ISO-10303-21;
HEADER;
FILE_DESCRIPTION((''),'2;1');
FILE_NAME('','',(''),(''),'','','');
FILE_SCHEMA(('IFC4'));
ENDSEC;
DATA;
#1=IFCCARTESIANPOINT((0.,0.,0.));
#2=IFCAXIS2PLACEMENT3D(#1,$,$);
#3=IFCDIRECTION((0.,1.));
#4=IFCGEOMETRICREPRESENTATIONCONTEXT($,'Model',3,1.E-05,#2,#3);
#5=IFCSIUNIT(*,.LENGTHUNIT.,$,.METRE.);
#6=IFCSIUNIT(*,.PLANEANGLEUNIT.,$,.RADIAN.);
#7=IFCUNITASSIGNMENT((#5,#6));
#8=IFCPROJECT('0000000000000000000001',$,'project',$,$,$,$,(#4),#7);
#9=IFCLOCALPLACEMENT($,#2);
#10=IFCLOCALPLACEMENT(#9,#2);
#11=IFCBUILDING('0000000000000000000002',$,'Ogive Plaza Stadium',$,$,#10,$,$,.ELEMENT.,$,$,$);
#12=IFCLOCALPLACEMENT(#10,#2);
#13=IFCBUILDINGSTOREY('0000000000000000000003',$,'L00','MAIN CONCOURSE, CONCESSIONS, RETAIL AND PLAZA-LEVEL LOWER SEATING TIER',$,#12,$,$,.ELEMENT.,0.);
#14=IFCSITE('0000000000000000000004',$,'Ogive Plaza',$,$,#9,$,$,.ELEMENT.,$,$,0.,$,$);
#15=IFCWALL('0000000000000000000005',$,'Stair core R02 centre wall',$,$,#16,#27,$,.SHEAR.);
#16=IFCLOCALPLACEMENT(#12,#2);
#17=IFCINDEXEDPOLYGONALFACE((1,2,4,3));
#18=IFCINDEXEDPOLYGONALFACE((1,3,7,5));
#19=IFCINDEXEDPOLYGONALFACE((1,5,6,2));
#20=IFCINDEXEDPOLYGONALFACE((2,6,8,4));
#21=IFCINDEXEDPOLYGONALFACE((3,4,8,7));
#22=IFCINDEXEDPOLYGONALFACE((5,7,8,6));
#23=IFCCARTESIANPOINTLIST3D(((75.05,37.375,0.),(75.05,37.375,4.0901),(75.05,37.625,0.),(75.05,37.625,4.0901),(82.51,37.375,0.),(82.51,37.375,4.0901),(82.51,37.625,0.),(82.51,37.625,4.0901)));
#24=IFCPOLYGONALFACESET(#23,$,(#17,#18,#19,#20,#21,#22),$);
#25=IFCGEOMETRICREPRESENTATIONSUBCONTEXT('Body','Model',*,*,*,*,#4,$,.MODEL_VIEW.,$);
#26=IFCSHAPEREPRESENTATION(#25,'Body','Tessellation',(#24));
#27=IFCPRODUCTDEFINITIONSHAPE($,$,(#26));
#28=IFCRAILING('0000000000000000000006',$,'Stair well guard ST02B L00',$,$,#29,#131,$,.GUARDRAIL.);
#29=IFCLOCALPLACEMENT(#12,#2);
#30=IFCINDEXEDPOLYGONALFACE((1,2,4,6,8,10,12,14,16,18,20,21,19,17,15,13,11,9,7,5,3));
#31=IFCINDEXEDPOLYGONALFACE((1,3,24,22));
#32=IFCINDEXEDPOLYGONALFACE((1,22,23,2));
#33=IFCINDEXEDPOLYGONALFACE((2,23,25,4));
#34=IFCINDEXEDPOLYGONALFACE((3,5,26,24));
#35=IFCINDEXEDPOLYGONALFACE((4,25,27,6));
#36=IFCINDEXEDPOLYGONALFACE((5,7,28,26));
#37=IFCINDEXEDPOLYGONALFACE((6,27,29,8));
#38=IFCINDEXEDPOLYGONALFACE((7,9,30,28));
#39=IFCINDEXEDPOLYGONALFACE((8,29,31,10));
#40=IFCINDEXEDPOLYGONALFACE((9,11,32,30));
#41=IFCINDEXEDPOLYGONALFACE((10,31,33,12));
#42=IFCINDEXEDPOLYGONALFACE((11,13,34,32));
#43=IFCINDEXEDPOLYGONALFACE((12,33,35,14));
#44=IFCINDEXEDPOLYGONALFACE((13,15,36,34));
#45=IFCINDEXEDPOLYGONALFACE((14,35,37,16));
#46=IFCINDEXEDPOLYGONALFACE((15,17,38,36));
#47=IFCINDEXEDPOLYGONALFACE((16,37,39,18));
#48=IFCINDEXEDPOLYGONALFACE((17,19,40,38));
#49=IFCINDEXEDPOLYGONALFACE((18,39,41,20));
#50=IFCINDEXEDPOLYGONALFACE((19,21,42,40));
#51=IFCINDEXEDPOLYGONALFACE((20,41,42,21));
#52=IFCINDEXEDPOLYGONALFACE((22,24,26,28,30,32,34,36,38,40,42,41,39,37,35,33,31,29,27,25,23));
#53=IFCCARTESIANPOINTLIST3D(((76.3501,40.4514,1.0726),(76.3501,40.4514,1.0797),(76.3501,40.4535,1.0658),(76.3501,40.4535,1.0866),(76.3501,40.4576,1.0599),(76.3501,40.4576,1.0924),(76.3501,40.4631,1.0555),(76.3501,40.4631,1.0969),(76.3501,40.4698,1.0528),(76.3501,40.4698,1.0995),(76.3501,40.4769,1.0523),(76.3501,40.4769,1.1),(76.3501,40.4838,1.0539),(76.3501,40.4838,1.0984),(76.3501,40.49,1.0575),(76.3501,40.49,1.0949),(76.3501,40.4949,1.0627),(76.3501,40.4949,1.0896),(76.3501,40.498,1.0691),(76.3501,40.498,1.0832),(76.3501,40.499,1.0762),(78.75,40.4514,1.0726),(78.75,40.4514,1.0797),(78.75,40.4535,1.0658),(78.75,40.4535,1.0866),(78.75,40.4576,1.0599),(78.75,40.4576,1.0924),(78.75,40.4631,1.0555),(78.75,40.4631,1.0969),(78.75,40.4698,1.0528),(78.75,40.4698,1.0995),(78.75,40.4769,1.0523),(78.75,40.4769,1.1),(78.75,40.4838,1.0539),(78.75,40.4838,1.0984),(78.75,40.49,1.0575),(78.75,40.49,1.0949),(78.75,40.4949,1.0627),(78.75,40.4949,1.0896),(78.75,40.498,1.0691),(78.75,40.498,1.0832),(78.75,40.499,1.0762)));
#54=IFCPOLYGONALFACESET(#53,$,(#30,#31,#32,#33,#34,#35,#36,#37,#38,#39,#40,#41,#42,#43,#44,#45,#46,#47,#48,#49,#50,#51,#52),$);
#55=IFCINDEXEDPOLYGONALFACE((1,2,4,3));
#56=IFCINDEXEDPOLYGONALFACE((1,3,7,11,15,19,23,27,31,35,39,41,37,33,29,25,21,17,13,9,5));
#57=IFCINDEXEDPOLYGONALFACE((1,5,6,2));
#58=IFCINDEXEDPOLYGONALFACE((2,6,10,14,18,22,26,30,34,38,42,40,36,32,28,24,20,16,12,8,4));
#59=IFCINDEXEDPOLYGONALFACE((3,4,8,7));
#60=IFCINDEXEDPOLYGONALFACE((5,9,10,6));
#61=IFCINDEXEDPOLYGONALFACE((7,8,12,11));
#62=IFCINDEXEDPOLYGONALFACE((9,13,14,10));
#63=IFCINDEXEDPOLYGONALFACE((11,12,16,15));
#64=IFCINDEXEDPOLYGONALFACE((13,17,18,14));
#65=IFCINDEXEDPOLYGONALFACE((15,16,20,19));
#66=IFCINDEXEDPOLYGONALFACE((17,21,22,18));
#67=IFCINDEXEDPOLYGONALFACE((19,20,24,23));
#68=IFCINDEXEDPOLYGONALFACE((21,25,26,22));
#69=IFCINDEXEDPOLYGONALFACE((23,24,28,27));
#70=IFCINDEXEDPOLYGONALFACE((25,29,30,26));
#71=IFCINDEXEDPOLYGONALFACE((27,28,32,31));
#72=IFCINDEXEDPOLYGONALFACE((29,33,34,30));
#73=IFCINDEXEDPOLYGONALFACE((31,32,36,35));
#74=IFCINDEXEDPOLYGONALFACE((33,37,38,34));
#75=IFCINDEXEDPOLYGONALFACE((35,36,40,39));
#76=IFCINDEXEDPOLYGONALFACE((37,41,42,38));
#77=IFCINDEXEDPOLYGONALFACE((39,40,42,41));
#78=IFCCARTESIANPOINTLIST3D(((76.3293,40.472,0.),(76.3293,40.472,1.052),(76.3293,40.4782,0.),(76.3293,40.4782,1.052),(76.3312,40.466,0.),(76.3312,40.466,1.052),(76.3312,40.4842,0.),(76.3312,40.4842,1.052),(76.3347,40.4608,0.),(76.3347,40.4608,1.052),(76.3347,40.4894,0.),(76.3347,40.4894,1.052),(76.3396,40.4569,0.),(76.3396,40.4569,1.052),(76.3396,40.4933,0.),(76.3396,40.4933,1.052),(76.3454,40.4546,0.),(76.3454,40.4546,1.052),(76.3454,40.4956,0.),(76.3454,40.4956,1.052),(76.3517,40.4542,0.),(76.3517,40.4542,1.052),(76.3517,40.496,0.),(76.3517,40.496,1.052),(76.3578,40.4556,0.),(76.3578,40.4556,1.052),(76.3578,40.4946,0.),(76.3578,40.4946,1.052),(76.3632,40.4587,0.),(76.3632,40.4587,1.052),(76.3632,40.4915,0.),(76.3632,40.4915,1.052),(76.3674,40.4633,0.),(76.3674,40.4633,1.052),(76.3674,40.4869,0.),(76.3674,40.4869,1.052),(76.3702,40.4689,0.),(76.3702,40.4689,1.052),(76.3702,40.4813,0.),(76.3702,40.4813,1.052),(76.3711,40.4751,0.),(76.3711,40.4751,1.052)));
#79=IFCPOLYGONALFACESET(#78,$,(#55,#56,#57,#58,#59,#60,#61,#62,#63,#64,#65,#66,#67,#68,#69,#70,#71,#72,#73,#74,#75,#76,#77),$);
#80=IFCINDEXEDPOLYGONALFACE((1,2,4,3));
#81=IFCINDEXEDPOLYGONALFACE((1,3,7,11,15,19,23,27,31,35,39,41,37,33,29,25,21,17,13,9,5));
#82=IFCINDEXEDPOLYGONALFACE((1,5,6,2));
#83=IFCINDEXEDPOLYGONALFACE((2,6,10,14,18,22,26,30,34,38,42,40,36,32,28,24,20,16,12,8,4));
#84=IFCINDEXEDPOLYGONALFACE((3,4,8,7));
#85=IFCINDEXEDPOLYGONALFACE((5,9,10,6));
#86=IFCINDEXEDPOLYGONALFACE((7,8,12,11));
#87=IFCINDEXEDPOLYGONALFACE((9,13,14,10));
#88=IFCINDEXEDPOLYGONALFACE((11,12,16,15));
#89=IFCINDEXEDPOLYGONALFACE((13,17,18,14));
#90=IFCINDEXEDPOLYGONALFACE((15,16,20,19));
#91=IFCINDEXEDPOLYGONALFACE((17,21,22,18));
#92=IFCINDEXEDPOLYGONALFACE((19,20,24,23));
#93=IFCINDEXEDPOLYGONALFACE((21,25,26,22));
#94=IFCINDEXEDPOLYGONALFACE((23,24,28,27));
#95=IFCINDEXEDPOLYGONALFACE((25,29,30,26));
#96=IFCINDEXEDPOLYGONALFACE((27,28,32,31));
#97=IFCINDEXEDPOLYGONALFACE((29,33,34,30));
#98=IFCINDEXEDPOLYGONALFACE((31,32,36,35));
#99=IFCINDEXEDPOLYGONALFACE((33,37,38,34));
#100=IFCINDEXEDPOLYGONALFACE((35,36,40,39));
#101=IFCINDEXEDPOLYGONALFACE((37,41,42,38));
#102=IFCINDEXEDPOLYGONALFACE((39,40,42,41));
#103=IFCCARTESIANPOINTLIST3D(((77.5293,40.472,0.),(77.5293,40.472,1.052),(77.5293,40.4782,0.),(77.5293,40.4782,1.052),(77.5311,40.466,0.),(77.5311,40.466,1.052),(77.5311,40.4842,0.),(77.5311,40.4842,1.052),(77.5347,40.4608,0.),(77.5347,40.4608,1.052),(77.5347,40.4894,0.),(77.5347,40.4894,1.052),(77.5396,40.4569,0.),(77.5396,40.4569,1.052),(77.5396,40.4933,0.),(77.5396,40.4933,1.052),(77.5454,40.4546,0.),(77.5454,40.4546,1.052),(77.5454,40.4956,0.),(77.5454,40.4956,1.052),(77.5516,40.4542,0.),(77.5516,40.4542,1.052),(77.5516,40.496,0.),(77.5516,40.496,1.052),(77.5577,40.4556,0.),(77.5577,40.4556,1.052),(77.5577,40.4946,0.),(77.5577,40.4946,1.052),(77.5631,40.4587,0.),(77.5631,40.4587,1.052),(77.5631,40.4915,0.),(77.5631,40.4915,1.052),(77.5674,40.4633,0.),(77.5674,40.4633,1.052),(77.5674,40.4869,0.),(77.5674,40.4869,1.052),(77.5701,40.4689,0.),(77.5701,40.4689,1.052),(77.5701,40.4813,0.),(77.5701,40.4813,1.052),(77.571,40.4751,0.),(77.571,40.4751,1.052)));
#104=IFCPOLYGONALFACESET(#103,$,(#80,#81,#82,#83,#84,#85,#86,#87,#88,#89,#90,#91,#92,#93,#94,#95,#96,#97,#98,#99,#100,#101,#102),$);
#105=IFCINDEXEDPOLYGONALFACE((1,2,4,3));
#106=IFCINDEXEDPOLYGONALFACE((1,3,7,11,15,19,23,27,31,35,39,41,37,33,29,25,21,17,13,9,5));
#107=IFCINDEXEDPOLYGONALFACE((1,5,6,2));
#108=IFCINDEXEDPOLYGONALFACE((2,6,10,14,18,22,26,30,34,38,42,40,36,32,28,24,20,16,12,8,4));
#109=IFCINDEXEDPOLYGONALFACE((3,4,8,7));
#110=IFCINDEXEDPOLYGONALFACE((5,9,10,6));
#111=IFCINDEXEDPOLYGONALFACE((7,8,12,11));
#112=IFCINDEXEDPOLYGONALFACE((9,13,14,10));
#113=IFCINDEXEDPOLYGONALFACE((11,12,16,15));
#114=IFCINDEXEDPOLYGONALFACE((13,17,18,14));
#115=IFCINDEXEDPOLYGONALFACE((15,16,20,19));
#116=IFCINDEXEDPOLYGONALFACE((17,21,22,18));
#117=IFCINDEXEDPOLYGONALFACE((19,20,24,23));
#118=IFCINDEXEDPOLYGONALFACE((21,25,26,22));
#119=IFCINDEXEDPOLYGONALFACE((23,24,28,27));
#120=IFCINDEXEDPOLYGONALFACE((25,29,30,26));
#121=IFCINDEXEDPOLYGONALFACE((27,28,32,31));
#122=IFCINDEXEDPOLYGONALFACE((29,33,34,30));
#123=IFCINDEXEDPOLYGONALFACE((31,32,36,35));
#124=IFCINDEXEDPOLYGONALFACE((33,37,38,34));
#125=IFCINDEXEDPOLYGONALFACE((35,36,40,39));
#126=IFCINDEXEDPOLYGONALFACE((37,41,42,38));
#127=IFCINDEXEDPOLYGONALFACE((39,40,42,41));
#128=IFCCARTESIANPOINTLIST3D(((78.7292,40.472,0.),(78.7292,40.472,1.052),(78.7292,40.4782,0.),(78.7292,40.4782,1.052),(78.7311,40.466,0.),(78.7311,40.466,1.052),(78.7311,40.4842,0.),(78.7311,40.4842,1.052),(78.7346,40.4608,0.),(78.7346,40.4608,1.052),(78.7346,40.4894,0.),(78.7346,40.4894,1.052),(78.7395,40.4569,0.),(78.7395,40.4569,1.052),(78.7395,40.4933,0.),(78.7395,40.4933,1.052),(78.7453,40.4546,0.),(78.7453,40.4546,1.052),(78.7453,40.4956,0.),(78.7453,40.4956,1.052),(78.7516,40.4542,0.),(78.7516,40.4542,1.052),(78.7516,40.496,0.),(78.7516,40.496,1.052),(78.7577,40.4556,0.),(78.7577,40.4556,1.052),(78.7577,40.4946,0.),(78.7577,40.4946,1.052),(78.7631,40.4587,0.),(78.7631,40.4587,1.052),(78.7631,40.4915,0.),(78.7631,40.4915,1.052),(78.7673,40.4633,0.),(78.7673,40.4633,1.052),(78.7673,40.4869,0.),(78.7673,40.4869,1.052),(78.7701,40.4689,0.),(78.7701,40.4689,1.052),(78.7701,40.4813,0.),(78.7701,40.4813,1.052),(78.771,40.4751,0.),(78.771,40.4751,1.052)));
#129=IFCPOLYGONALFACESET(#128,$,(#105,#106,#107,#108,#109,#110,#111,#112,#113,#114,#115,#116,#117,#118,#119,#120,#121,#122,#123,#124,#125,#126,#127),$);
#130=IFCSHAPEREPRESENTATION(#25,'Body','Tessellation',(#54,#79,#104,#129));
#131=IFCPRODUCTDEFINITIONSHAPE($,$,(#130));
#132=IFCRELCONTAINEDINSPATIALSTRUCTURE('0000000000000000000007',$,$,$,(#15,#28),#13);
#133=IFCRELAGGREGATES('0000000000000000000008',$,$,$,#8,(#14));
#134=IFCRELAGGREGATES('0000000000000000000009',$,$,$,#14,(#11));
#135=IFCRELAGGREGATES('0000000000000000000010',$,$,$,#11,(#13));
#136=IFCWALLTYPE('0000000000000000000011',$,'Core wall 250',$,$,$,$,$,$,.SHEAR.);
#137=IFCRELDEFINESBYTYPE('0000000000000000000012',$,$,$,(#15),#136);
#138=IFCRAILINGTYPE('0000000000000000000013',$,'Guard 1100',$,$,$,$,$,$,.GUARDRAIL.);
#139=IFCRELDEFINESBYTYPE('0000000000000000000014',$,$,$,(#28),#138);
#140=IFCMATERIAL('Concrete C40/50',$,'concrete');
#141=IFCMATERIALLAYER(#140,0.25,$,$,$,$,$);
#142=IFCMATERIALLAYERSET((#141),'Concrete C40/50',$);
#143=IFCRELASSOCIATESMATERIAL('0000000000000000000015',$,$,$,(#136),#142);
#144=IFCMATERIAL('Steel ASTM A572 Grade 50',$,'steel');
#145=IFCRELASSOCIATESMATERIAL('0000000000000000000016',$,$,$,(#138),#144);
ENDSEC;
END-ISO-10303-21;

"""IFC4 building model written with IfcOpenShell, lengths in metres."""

from ifc_helpers import new_model, si_unit, direction, frame, frame_2d, origin, origin_2d, place, context, subcontext, project, spatial, rectangle, circle, extrude, material, layer, layer_set, type_object, element, save


model = new_model("IFC4")

# Units and contexts
model_context = context("Model", 3, precision=1e-05, world=origin(), true_north=direction((0.0, 1.0)))
body_context = subcontext(model_context, "Body", "Model", "MODEL_VIEW")
ifc_project = project(units=[si_unit("LENGTHUNIT", "METRE"), si_unit("PLANEANGLEUNIT", "RADIAN")], contexts=[model_context])

# Site, building, storey
site_placement = place(None, origin())
site = spatial("IfcSite", under=ifc_project, at=site_placement, Name="Ogive Plaza", CompositionType="ELEMENT", RefElevation=0.0)
building_placement = place(site_placement, origin())
building = spatial("IfcBuilding", under=site, at=building_placement, Name="Ogive Plaza Stadium", CompositionType="ELEMENT")
storey_placement = place(building_placement, origin())
storey = spatial("IfcBuildingStorey", under=building, at=storey_placement, Name="L00", Description="MAIN CONCOURSE, CONCESSIONS, RETAIL AND PLAZA-LEVEL LOWER SEATING TIER", CompositionType="ELEMENT", Elevation=0.0)

# Wall
ifc_material_1 = material(Name="Concrete C40/50", Category="concrete")
ifc_layer_1 = layer(ifc_material_1, 0.25)
ifc_layer_set_1 = layer_set([ifc_layer_1], Name="Concrete C40/50")
wall_type_1 = type_object("IfcWallType", Name="Core wall 250", PredefinedType="SHEAR", material=ifc_layer_set_1)
for number, where, z_axis, x_axis, name in (
    (1, (75.05, 37.5, 0.0), (0.0, 0.0, 1.0), (1.0, 0.0, 0.0), "Stair core R02 centre wall"),
):
    element("IfcWall", number, at=place(storey_placement, frame(where, z_axis=z_axis, x_axis=x_axis)), inside=storey, type_object=wall_type_1, Name=name, PredefinedType="SHEAR", context=body_context, shape_type="SweptSolid", body=[
        extrude(rectangle(XDim=7.46, YDim=0.25, at=frame_2d((3.73, 0.0))), origin(), (0.0, 0.0, 1.0), 4.0901),
    ])

# Railing
ifc_material_2 = material(Name="Steel ASTM A572 Grade 50", Category="steel")
railing_type_1 = type_object("IfcRailingType", Name="Guard 1100", PredefinedType="GUARDRAIL", material=ifc_material_2)
for number, where, name in (
    (2, (76.3501, 40.4751, 0.0), "Stair well guard ST02B L00"),
):
    element("IfcRailing", number, at=place(storey_placement, frame(where)), inside=storey, type_object=railing_type_1, Name=name, PredefinedType="GUARDRAIL", context=body_context, shape_type="SweptSolid", body=[
        extrude(circle(Radius=0.0239, at=origin_2d()), frame((0.0, 0.0, 1.0762), z_axis=(1.0, 0.0, 0.0), x_axis=(0.0, 1.0, 0.0)), (0.0, 0.0, 1.0), 2.3999),
        extrude(circle(Radius=0.021, at=origin_2d()), origin(), (0.0, 0.0, 1.0), 1.052),
        extrude(circle(Radius=0.021, at=origin_2d()), frame((1.2, 0.0, 0.0)), (0.0, 0.0, 1.0), 1.052),
        extrude(circle(Radius=0.021, at=origin_2d()), frame((2.3999, 0.0, 0.0)), (0.0, 0.0, 1.0), 1.052),
    ])

save(model, "model.ifc")
